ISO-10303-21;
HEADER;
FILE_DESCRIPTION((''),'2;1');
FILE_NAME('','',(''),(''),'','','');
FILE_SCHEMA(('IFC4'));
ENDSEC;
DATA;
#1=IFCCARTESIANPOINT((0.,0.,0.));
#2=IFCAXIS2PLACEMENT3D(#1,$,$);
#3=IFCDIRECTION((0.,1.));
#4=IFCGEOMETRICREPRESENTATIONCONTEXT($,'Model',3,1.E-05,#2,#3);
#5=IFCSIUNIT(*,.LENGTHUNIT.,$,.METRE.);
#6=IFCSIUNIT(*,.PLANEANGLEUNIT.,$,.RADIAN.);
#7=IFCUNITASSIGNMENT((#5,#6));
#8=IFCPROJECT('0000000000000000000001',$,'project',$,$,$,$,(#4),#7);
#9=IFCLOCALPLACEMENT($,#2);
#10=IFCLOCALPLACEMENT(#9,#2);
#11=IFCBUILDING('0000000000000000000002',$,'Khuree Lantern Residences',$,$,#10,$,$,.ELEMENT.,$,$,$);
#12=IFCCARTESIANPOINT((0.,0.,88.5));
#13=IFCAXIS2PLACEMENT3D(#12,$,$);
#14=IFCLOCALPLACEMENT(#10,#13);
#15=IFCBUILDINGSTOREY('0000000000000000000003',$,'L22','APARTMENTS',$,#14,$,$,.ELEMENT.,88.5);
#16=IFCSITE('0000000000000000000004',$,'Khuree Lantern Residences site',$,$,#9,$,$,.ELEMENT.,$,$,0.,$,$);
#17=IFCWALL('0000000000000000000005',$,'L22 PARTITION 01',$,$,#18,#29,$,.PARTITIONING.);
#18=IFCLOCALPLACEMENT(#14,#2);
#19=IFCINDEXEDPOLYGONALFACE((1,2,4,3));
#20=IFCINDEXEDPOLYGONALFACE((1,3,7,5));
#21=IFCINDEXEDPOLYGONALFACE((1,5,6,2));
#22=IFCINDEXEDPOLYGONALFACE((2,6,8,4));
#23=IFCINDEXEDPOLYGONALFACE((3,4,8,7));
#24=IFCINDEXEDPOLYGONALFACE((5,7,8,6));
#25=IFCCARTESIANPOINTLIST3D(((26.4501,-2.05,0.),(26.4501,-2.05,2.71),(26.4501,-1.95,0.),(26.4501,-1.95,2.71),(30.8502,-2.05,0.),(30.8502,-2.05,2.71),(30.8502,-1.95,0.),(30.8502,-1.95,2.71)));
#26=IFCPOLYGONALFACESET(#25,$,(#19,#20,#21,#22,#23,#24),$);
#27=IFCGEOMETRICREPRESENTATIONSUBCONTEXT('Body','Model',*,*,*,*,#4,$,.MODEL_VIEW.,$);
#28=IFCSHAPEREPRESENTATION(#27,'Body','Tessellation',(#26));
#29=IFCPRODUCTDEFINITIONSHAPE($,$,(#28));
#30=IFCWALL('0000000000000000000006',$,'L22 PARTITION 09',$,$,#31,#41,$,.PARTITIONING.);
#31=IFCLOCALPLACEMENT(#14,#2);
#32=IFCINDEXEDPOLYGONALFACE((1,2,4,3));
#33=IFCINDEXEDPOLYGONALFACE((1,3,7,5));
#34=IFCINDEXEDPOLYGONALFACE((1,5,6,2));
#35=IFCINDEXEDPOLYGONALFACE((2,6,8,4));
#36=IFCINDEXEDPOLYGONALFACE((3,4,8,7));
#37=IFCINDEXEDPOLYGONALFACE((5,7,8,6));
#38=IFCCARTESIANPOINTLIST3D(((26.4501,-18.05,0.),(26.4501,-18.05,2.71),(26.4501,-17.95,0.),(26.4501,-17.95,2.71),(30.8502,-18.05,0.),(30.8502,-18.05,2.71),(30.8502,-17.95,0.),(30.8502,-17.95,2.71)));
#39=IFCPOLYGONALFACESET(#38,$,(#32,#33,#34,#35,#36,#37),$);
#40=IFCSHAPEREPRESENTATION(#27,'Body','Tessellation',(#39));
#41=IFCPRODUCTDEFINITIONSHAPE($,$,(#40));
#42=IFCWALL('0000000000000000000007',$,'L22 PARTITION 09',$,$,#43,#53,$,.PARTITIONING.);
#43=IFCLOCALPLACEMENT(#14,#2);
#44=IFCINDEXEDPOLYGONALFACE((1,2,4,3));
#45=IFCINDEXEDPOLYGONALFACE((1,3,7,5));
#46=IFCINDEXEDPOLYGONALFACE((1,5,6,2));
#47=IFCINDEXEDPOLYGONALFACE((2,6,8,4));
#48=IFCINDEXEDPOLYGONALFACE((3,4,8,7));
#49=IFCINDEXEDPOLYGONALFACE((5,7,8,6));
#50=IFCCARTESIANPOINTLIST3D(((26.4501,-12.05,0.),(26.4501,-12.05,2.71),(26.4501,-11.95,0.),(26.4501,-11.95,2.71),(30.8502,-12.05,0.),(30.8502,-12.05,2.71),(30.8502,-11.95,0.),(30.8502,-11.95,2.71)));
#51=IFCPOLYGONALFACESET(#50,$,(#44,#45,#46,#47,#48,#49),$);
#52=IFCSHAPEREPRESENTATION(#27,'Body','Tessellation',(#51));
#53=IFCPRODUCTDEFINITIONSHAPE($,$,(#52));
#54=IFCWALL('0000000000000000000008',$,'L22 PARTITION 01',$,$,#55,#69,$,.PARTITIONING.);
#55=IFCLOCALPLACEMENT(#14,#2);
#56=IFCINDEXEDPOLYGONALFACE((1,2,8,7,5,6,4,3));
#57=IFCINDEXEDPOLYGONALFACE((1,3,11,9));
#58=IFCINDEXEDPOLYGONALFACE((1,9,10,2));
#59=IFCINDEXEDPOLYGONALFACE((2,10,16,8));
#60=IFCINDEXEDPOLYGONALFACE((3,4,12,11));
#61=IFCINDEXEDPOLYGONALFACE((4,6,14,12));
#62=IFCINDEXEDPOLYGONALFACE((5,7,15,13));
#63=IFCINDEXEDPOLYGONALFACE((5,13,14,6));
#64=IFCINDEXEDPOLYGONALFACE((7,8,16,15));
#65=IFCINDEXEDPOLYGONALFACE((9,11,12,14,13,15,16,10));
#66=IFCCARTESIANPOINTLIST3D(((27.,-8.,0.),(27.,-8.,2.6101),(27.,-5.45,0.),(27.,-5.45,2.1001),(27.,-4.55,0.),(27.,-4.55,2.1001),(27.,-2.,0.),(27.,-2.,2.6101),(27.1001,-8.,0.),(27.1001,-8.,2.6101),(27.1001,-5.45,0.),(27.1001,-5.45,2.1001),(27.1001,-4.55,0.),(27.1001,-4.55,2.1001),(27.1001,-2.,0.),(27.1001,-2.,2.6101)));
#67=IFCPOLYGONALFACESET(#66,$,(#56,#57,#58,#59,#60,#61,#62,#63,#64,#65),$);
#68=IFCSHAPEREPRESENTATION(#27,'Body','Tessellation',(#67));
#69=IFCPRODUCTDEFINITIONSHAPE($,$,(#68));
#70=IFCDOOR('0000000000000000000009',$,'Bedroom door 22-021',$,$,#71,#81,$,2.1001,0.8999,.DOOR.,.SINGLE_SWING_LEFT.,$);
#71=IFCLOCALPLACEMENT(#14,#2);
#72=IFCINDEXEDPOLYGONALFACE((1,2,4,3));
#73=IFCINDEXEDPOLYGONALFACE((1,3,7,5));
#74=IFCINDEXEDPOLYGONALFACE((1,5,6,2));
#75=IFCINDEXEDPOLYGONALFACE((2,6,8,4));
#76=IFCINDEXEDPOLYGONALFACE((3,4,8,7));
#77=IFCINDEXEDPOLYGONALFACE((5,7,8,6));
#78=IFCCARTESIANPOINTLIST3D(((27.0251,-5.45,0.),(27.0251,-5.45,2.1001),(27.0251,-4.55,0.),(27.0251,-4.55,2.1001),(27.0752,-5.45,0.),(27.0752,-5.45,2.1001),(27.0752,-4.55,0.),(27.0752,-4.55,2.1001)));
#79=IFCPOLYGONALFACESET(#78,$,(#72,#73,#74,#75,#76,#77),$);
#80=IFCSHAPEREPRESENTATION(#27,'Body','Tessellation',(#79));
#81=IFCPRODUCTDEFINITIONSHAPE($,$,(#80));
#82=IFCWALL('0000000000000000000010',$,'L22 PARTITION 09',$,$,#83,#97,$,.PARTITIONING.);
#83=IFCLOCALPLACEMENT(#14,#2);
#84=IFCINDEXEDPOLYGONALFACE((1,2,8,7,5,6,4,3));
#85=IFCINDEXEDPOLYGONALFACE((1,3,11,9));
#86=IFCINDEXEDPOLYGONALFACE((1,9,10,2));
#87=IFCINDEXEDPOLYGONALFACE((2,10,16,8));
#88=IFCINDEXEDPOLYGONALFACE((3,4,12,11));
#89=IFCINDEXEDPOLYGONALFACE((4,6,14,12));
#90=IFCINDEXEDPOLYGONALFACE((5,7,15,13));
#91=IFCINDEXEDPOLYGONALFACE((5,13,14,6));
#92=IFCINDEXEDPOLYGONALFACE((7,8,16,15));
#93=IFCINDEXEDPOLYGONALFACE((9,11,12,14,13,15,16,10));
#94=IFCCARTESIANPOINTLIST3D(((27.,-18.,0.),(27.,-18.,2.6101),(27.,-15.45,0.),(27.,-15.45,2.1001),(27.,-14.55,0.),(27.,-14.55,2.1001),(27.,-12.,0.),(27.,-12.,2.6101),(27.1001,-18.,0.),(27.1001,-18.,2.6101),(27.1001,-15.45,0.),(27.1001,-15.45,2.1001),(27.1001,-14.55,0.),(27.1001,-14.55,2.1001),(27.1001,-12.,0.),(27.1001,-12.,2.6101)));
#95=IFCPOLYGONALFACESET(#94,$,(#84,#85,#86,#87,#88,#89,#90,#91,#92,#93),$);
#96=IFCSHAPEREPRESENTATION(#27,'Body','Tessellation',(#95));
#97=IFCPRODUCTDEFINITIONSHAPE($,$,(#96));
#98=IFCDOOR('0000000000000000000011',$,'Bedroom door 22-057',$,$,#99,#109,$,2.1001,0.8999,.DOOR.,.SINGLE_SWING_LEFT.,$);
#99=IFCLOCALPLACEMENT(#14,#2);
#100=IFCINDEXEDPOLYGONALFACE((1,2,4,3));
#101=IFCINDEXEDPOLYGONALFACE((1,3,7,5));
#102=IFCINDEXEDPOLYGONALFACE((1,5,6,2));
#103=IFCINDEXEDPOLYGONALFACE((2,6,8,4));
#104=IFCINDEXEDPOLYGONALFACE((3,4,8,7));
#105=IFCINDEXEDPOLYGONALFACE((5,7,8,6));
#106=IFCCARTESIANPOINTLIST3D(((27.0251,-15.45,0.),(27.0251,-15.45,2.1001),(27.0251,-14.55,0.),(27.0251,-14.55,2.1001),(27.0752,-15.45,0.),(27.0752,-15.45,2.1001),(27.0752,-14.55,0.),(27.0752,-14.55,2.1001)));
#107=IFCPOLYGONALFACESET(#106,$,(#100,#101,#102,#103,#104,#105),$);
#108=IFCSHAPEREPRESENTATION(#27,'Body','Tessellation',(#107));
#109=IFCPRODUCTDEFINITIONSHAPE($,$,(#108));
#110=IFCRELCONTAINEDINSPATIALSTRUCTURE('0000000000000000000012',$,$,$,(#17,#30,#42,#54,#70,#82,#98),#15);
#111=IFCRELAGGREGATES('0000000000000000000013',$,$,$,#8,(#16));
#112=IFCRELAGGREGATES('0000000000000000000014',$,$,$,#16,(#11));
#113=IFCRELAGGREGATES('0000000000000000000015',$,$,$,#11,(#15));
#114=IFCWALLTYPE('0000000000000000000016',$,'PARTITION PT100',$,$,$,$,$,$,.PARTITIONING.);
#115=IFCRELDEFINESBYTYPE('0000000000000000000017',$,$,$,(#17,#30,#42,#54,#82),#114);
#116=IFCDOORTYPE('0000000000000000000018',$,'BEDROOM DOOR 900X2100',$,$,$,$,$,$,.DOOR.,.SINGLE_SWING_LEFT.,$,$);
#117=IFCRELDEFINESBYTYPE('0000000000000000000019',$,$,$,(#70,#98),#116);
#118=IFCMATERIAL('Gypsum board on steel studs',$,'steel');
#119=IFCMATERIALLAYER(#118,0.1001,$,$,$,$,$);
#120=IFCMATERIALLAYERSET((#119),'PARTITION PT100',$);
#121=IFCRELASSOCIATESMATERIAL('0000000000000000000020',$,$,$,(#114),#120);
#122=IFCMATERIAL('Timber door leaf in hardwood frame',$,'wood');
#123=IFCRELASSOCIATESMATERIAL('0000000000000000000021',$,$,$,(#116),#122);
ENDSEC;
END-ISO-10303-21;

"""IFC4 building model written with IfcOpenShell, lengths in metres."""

from ifc_helpers import new_model, si_unit, direction, frame, frame_2d, origin, place, context, subcontext, project, spatial, rectangle, extrude, material, layer, layer_set, type_object, element, fill, save


model = new_model("IFC4")

# Units and contexts
model_context = context("Model", 3, precision=1e-05, world=origin(), true_north=direction((0.0, 1.0)))
body_context = subcontext(model_context, "Body", "Model", "MODEL_VIEW")
ifc_project = project(units=[si_unit("LENGTHUNIT", "METRE"), si_unit("PLANEANGLEUNIT", "RADIAN")], contexts=[model_context])

# Site, building, storey
site_placement = place(None, origin())
site = spatial("IfcSite", under=ifc_project, at=site_placement, Name="Khuree Lantern Residences site", CompositionType="ELEMENT", RefElevation=0.0)
building_placement = place(site_placement, origin())
building = spatial("IfcBuilding", under=site, at=building_placement, Name="Khuree Lantern Residences", CompositionType="ELEMENT")
storey_placement = place(building_placement, frame((0.0, 0.0, 88.5)))
storey = spatial("IfcBuildingStorey", under=building, at=storey_placement, Name="L22", Description="APARTMENTS", CompositionType="ELEMENT", Elevation=88.5)

# Shared definitions
ifc_material_1 = material(Name="Timber door leaf in hardwood frame", Category="wood")

# Shared definitions
ifc_material_2 = material(Name="Gypsum board on steel studs", Category="steel")

# Walls
ifc_layer_1 = layer(ifc_material_2, 0.1001)
ifc_layer_set_1 = layer_set([ifc_layer_1], Name="PARTITION PT100")
wall_type_1 = type_object("IfcWallType", Name="PARTITION PT100", PredefinedType="PARTITIONING", material=ifc_layer_set_1)
for number, where, z_axis, x_axis, name in (
    (1, (26.45, -2.0, 0.0), (0.0, 0.0, 1.0), (1.0, 0.0, 0.0), "L22 PARTITION 01"),
    (2, (26.45, -18.0, 0.0), (0.0, 0.0, 1.0), (1.0, 0.0, 0.0), "L22 PARTITION 09"),
    (3, (26.45, -12.0, 0.0), (0.0, 0.0, 1.0), (1.0, 0.0, 0.0), "L22 PARTITION 09"),
):
    element("IfcWall", number, at=place(storey_placement, frame(where, z_axis=z_axis, x_axis=x_axis)), inside=storey, type_object=wall_type_1, Name=name, PredefinedType="PARTITIONING", context=body_context, shape_type="SweptSolid", body=[
        extrude(rectangle(XDim=4.4001, YDim=0.1001, at=frame_2d((2.2002, 0.0))), origin(), (0.0, 0.0, 1.0), 2.71),
    ])

# Walls, openings, doors
wall_1_placement = place(storey_placement, frame((27.05, -8.0, 0.0), z_axis=(0.0, 0.0, 1.0), x_axis=(0.0, 1.0, 0.0)))
wall_1 = element("IfcWall", 4, at=wall_1_placement, inside=storey, type_object=wall_type_1, Name="L22 PARTITION 01", PredefinedType="PARTITIONING", context=body_context, shape_type="SweptSolid", body=[
    extrude(rectangle(XDim=6.0, YDim=0.1001, at=frame_2d((3.0, 0.0))), origin(), (0.0, 0.0, 1.0), 2.6101),
])
opening_1_placement = place(wall_1_placement, frame((2.55, 0.0, 0.0)))
opening_1 = element("IfcOpeningElement", 5, at=opening_1_placement, cuts=wall_1, PredefinedType="OPENING", context=body_context, shape_type="SweptSolid", body=[
    extrude(rectangle(XDim=0.8999, YDim=2.1001, at=frame_2d((0.45, 1.05))), frame((0.0, 0.0601, 0.0), z_axis=(0.0, -1.0, 0.0), x_axis=(1.0, 0.0, 0.0)), (0.0, 0.0, 1.0), 0.1201),
])
door_type_1 = type_object("IfcDoorType", Name="BEDROOM DOOR 900X2100", OperationType="SINGLE_SWING_LEFT", PredefinedType="DOOR", material=ifc_material_1)
door_1_placement = place(opening_1_placement, origin())
door_1 = element("IfcDoor", 6, at=door_1_placement, inside=storey, type_object=door_type_1, Name="Bedroom door 22-021", OperationType="SINGLE_SWING_LEFT", OverallHeight=2.1001, OverallWidth=0.8999, PredefinedType="DOOR", context=body_context, shape_type="SweptSolid", body=[
    extrude(rectangle(XDim=0.8999, YDim=2.1001, at=frame_2d((0.45, 1.05))), frame((0.0, 0.0249, 0.0), z_axis=(0.0, -1.0, 0.0), x_axis=(1.0, 0.0, 0.0)), (0.0, 0.0, 1.0), 0.05),
])
fill(opening_1, door_1)
wall_2_placement = place(storey_placement, frame((27.05, -18.0, 0.0), z_axis=(0.0, 0.0, 1.0), x_axis=(0.0, 1.0, 0.0)))
wall_2 = element("IfcWall", 7, at=wall_2_placement, inside=storey, type_object=wall_type_1, Name="L22 PARTITION 09", PredefinedType="PARTITIONING", context=body_context, shape_type="SweptSolid", body=[
    extrude(rectangle(XDim=6.0, YDim=0.1001, at=frame_2d((3.0, 0.0))), origin(), (0.0, 0.0, 1.0), 2.6101),
])
opening_2_placement = place(wall_2_placement, frame((2.55, 0.0, 0.0)))
opening_2 = element("IfcOpeningElement", 8, at=opening_2_placement, cuts=wall_2, PredefinedType="OPENING", context=body_context, shape_type="SweptSolid", body=[
    extrude(rectangle(XDim=0.8999, YDim=2.1001, at=frame_2d((0.45, 1.05))), frame((0.0, 0.0601, 0.0), z_axis=(0.0, -1.0, 0.0), x_axis=(1.0, 0.0, 0.0)), (0.0, 0.0, 1.0), 0.1201),
])
door_2_placement = place(opening_2_placement, origin())
door_2 = element("IfcDoor", 9, at=door_2_placement, inside=storey, type_object=door_type_1, Name="Bedroom door 22-057", OperationType="SINGLE_SWING_LEFT", OverallHeight=2.1001, OverallWidth=0.8999, PredefinedType="DOOR", context=body_context, shape_type="SweptSolid", body=[
    extrude(rectangle(XDim=0.8999, YDim=2.1001, at=frame_2d((0.45, 1.05))), frame((0.0, 0.0249, 0.0), z_axis=(0.0, -1.0, 0.0), x_axis=(1.0, 0.0, 0.0)), (0.0, 0.0, 1.0), 0.05),
])
fill(opening_2, door_2)

save(model, "model.ifc")
